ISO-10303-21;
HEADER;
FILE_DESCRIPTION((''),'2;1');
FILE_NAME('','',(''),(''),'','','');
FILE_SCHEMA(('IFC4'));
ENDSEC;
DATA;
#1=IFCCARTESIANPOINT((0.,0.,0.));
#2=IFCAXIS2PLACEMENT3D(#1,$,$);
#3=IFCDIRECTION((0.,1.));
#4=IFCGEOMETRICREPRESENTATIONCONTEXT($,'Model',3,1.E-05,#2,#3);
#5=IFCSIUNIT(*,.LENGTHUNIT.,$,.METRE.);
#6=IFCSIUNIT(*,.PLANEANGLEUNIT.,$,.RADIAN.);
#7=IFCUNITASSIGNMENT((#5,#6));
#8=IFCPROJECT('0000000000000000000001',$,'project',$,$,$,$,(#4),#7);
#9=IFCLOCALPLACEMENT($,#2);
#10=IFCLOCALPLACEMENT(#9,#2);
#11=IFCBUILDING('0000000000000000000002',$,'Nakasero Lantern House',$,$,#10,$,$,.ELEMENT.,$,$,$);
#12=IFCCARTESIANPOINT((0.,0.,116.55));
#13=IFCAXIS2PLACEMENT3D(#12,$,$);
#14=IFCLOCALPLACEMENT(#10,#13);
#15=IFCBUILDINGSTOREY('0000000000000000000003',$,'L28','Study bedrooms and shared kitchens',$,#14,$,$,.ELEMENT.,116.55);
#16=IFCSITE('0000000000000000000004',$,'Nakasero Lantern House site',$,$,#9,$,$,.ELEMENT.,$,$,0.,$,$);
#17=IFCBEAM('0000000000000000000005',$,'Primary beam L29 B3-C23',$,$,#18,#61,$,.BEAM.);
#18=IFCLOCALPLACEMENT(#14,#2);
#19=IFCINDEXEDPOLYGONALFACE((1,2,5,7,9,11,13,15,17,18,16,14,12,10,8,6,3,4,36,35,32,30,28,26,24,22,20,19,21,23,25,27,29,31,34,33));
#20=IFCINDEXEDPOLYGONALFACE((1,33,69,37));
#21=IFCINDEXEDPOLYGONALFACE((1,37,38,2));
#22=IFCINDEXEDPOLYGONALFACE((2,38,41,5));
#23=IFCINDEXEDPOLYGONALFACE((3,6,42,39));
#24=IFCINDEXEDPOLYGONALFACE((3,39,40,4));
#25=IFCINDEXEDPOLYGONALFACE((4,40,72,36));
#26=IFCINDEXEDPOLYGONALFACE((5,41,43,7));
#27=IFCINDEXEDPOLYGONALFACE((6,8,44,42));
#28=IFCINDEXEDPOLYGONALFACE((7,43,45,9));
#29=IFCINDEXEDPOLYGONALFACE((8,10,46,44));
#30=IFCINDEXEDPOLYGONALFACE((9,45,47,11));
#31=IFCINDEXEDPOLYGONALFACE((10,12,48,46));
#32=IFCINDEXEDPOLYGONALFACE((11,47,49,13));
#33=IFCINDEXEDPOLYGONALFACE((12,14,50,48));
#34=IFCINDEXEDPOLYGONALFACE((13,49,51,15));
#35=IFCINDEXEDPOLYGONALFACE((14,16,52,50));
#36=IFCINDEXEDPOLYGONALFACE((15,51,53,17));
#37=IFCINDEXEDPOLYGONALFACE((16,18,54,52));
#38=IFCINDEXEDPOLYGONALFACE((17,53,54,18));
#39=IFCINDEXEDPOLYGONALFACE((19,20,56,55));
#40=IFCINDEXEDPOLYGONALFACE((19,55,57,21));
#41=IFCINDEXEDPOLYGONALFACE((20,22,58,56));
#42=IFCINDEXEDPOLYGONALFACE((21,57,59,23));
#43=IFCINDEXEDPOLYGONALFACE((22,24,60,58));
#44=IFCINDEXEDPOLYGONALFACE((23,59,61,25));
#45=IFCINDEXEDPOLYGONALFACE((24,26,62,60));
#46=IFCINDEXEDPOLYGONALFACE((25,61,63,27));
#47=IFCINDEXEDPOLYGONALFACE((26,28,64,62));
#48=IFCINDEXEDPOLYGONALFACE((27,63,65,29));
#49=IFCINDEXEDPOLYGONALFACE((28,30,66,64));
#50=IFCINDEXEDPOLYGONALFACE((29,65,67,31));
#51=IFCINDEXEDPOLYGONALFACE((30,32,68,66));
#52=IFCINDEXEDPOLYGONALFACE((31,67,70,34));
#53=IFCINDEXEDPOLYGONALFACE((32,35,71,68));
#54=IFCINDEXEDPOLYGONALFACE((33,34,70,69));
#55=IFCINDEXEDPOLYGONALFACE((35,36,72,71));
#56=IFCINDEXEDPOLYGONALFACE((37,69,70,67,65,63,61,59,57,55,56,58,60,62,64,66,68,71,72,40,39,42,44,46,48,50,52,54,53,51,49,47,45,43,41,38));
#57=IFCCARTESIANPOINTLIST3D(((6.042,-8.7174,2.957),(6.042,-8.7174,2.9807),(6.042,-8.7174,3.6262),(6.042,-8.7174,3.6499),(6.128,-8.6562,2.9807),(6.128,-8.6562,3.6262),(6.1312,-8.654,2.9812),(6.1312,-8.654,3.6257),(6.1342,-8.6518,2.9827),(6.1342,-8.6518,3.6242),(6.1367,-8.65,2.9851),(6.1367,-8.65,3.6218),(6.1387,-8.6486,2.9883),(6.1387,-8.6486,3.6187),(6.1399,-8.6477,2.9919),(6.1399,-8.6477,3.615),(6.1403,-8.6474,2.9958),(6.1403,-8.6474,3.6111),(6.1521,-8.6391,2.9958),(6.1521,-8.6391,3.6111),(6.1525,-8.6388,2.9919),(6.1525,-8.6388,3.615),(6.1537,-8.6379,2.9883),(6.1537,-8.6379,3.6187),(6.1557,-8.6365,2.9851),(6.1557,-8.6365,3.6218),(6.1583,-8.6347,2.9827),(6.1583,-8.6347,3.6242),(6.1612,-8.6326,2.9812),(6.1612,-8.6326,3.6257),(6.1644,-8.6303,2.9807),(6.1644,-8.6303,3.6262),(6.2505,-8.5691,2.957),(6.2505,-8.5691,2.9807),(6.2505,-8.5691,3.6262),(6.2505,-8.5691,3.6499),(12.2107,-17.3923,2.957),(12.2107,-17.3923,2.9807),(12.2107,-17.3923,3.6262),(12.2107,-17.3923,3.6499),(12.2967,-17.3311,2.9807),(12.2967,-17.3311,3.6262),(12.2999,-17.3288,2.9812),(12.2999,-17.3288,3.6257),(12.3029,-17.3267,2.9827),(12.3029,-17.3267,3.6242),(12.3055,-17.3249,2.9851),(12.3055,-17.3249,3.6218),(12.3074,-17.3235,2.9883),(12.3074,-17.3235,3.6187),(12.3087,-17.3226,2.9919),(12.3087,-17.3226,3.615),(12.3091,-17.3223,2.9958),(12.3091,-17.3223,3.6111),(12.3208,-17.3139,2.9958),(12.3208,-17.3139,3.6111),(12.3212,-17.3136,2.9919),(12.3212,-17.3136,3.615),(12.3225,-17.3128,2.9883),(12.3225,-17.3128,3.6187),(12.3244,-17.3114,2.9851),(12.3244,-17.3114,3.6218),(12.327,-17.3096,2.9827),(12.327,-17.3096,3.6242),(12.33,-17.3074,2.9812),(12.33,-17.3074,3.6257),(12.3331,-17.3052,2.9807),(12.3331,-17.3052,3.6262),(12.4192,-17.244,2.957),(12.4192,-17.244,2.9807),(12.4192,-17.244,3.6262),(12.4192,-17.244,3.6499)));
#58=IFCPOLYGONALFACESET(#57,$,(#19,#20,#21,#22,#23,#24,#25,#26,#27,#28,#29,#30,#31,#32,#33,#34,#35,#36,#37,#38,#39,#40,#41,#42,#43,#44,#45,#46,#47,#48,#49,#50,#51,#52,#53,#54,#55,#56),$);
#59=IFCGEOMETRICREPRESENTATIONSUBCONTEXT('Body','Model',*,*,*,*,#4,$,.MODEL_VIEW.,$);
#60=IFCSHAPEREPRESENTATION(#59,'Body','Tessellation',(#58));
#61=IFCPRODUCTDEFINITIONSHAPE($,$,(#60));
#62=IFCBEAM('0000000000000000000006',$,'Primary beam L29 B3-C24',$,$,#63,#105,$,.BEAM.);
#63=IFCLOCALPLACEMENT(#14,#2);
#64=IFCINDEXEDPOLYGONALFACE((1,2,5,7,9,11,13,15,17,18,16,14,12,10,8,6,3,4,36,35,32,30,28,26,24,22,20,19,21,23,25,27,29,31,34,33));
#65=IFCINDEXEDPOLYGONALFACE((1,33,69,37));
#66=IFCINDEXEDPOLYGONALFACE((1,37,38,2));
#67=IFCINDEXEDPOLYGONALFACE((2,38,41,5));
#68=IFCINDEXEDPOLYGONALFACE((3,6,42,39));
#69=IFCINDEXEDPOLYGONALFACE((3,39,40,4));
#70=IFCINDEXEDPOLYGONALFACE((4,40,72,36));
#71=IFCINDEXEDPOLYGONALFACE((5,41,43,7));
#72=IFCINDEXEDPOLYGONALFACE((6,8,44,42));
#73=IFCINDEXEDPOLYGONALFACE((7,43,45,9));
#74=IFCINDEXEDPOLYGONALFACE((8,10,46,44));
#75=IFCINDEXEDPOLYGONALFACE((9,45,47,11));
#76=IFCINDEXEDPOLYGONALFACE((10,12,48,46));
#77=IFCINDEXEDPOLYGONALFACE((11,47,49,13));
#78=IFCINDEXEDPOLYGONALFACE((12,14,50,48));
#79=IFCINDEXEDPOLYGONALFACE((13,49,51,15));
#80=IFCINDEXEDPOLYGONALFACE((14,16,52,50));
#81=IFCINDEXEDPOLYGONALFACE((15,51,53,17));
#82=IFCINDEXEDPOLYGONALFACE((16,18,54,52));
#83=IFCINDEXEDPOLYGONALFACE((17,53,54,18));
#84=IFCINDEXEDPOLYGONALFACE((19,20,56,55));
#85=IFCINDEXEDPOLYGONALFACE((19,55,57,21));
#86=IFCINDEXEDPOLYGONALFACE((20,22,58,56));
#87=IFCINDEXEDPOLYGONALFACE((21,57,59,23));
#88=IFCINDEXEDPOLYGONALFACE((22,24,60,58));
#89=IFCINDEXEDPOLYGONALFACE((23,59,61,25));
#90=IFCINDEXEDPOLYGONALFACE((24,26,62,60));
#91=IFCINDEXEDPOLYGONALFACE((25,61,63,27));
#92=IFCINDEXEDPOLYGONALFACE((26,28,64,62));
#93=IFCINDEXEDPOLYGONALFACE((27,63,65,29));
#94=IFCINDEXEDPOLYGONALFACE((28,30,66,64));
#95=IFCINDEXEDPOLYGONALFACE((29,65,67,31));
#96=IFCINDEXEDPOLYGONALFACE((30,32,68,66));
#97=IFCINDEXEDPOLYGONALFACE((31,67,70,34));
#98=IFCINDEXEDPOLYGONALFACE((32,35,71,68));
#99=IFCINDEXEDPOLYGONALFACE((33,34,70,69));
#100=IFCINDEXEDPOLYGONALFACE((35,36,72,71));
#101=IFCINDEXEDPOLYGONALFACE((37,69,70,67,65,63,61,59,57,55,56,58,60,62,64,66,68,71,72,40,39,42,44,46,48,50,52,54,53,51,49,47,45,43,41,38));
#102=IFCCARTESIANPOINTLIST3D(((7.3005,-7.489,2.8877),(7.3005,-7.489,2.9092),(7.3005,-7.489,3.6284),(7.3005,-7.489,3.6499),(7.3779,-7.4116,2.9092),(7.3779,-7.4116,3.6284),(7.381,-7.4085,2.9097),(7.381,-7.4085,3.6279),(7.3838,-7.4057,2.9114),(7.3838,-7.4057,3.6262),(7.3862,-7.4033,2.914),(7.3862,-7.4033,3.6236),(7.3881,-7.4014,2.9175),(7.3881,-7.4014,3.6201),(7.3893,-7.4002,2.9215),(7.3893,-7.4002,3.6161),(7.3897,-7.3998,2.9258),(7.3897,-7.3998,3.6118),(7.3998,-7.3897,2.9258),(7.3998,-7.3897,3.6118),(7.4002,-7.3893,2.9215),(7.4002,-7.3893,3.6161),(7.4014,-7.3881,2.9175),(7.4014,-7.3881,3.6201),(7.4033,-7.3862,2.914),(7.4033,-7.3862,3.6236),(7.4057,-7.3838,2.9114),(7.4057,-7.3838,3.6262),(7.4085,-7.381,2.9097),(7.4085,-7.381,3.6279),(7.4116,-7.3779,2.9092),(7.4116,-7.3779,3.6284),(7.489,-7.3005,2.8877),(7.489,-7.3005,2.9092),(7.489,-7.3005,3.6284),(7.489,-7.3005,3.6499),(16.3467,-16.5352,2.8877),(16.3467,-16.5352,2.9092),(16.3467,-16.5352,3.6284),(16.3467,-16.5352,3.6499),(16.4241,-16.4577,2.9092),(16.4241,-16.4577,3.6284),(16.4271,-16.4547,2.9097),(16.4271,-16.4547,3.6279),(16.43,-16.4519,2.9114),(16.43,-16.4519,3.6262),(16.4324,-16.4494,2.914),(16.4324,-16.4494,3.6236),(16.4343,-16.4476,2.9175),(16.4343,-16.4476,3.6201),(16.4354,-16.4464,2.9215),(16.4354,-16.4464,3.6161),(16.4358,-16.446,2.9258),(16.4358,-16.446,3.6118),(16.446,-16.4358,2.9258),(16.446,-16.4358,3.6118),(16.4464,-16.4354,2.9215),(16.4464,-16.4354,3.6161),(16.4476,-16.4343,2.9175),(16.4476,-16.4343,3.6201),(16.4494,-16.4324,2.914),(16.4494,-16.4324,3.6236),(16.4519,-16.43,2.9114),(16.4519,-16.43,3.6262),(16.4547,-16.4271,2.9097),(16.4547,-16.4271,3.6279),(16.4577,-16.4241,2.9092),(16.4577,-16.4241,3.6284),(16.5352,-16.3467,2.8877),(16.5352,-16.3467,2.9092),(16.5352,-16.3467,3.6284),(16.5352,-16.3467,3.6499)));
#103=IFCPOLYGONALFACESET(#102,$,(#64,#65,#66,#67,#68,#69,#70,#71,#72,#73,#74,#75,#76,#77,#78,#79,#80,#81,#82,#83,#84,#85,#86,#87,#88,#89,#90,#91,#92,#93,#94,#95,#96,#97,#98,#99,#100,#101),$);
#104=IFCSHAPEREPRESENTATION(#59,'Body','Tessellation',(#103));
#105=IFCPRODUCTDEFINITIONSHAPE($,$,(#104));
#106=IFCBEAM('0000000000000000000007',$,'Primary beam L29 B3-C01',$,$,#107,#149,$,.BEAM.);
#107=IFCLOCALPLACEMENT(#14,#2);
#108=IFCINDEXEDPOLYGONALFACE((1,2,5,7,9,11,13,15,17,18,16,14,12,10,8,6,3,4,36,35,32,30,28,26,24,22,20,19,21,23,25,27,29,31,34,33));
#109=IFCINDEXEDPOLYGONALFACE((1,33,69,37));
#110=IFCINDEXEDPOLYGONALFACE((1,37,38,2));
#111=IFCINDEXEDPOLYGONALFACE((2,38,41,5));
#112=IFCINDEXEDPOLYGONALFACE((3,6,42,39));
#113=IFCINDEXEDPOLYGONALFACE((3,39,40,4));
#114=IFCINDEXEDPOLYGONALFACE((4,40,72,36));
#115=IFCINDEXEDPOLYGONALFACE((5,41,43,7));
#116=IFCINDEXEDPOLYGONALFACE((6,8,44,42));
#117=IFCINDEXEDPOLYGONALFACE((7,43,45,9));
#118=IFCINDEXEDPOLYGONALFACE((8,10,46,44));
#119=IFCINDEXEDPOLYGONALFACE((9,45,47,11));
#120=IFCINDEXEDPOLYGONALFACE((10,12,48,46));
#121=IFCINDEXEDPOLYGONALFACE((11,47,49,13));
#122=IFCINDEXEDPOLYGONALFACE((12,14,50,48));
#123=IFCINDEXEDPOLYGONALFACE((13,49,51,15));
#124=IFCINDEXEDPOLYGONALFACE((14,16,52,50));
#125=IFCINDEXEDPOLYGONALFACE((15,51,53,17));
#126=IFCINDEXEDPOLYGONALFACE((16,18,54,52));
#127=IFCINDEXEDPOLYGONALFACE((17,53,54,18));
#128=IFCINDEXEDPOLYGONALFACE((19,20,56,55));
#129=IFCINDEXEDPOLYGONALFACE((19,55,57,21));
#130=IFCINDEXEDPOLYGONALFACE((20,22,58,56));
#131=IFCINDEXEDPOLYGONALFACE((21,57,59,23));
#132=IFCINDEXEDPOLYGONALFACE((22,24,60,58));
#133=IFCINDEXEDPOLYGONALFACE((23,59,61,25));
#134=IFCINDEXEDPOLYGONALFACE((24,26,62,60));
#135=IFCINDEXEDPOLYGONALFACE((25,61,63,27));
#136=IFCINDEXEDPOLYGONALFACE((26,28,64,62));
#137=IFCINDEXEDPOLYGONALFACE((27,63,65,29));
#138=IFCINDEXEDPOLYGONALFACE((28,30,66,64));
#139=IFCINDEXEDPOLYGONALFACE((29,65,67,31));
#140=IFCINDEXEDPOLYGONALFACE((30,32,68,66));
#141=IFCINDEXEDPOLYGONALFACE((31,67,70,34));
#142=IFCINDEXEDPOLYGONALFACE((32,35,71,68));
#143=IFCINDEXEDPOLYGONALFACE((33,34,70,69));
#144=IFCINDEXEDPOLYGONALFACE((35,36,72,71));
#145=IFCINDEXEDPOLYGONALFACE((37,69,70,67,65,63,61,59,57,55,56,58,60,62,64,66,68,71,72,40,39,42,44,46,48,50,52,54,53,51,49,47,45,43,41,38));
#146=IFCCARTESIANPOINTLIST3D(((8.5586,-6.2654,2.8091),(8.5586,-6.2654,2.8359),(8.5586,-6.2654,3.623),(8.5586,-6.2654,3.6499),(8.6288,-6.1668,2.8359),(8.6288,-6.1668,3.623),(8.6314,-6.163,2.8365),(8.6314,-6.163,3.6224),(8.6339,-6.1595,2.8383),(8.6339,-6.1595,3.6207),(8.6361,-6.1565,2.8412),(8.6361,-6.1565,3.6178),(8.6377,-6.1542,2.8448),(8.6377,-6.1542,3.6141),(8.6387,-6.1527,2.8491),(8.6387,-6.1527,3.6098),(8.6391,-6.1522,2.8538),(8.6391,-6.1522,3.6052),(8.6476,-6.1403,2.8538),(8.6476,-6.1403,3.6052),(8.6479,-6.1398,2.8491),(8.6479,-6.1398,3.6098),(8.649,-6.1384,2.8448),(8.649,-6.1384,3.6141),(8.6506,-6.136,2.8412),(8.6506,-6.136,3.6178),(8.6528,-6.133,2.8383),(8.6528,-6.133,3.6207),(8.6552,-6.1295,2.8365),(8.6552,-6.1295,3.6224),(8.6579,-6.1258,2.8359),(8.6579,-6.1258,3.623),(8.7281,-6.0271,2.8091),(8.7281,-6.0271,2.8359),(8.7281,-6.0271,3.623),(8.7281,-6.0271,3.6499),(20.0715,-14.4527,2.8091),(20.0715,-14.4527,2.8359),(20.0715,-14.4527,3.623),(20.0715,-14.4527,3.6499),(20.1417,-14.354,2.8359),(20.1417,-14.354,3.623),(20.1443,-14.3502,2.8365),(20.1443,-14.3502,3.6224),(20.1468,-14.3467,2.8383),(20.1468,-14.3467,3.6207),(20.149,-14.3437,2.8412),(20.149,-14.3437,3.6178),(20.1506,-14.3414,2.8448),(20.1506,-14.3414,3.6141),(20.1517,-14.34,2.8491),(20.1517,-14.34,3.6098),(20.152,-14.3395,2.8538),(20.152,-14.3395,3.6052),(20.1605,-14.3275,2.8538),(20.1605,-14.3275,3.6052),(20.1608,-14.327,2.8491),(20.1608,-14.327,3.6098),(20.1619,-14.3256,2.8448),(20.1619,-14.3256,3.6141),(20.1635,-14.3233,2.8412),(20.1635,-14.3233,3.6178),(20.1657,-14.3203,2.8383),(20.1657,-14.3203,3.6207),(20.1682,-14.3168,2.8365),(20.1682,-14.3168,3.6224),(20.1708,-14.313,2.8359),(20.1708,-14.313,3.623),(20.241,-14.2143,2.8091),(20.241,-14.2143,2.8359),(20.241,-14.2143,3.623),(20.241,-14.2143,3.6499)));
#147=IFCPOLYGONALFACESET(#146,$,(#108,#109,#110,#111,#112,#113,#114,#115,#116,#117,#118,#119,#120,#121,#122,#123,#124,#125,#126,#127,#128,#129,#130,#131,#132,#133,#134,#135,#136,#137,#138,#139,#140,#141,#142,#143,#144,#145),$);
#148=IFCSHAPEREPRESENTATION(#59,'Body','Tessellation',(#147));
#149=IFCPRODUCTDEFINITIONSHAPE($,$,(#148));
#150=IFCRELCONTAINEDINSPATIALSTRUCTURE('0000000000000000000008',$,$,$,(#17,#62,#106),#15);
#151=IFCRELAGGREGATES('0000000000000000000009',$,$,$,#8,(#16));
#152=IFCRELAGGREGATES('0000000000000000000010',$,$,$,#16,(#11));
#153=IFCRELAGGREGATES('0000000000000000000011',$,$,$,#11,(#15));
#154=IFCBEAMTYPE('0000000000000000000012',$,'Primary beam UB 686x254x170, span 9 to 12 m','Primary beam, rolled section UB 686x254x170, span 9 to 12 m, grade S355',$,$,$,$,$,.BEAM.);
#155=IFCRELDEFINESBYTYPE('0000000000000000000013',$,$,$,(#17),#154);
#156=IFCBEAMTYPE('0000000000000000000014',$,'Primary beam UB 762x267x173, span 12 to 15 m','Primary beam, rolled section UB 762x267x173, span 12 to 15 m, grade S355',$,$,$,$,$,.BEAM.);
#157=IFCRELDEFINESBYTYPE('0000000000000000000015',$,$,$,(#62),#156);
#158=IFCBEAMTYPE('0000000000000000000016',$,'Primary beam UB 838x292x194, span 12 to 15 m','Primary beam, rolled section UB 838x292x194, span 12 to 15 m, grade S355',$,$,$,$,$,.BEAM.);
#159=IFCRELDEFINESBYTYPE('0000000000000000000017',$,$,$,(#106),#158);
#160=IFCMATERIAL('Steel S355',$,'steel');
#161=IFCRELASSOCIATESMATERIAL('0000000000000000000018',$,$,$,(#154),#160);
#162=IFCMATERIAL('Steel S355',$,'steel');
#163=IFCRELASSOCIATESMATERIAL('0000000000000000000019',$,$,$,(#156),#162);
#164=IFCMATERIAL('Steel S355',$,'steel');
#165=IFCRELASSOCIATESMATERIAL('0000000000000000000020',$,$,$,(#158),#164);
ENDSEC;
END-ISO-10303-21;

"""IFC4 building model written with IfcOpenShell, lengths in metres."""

from ifc_helpers import new_model, si_unit, direction, frame, origin, origin_2d, place, context, subcontext, project, spatial, i_section, extrude, material, material_profile, profile_set, type_object, element, save


model = new_model("IFC4")

# Units and contexts
model_context = context("Model", 3, precision=1e-05, world=origin(), true_north=direction((0.0, 1.0)))
body_context = subcontext(model_context, "Body", "Model", "MODEL_VIEW")
ifc_project = project(units=[si_unit("LENGTHUNIT", "METRE"), si_unit("PLANEANGLEUNIT", "RADIAN")], contexts=[model_context])

# Site, building, storey
site_placement = place(None, origin())
site = spatial("IfcSite", under=ifc_project, at=site_placement, Name="Nakasero Lantern House site", CompositionType="ELEMENT", RefElevation=0.0)
building_placement = place(site_placement, origin())
building = spatial("IfcBuilding", under=site, at=building_placement, Name="Nakasero Lantern House", CompositionType="ELEMENT")
storey_placement = place(building_placement, frame((0.0, 0.0, 116.55)))
storey = spatial("IfcBuildingStorey", under=building, at=storey_placement, Name="L28", Description="Study bedrooms and shared kitchens", CompositionType="ELEMENT", Elevation=116.55)

# Beams
ifc_material_1 = material(Name="Steel S355", Category="steel")
ifc_material_profile_1 = material_profile(ifc_material_1, i_section(OverallWidth=0.2559, OverallDepth=0.6929, WebThickness=0.0144, FlangeThickness=0.0237, FilletRadius=0.0151, at=origin_2d()), Name="UB 686x254x170")
ifc_profile_set_1 = profile_set([ifc_material_profile_1], Name="Steel S355")
beam_type_1 = type_object("IfcBeamType", Name="Primary beam UB 686x254x170, span 9 to 12 m", Description="Primary beam, rolled section UB 686x254x170, span 9 to 12 m, grade S355", PredefinedType="BEAM", material=ifc_profile_set_1)
beam_1_placement = place(storey_placement, frame((12.3149, -17.3181, 3.3035), z_axis=(-0.579521, 0.814957, 0.0), x_axis=(-0.814957, -0.579521, 0.0)))
element("IfcBeam", 1, at=beam_1_placement, inside=storey, type_object=beam_type_1, Name="Primary beam L29 B3-C23", PredefinedType="BEAM", context=body_context, shape_type="SweptSolid", body=[
    extrude(i_section(OverallWidth=0.2559, OverallDepth=0.6929, WebThickness=0.0144, FlangeThickness=0.0237, FilletRadius=0.0151, at=origin_2d()), origin(), (0.0, 0.0, 1.0), 10.6445),
])
ifc_material_2 = material(Name="Steel S355", Category="steel")
ifc_material_profile_2 = material_profile(ifc_material_2, i_section(OverallWidth=0.2666, OverallDepth=0.7622, WebThickness=0.0144, FlangeThickness=0.0215, FilletRadius=0.0166, at=origin_2d()), Name="UB 762x267x173")
ifc_profile_set_2 = profile_set([ifc_material_profile_2], Name="Steel S355")
beam_type_2 = type_object("IfcBeamType", Name="Primary beam UB 762x267x173, span 12 to 15 m", Description="Primary beam, rolled section UB 762x267x173, span 12 to 15 m, grade S355", PredefinedType="BEAM", material=ifc_profile_set_2)
beam_2_placement = place(storey_placement, frame((16.4409, -16.4409, 3.2688), z_axis=(-0.707107, 0.707107, 0.0), x_axis=(-0.707107, -0.707107, 0.0)))
element("IfcBeam", 2, at=beam_2_placement, inside=storey, type_object=beam_type_2, Name="Primary beam L29 B3-C24", PredefinedType="BEAM", context=body_context, shape_type="SweptSolid", body=[
    extrude(i_section(OverallWidth=0.2666, OverallDepth=0.7622, WebThickness=0.0144, FlangeThickness=0.0215, FilletRadius=0.0166, at=origin_2d()), origin(), (0.0, 0.0, 1.0), 12.7932),
])
ifc_material_3 = material(Name="Steel S355", Category="steel")
ifc_material_profile_3 = material_profile(ifc_material_3, i_section(OverallWidth=0.2925, OverallDepth=0.8408, WebThickness=0.0146, FlangeThickness=0.0269, FilletRadius=0.0178, at=origin_2d()), Name="UB 838x292x194")
ifc_profile_set_3 = profile_set([ifc_material_profile_3], Name="Steel S355")
beam_type_3 = type_object("IfcBeamType", Name="Primary beam UB 838x292x194, span 12 to 15 m", Description="Primary beam, rolled section UB 838x292x194, span 12 to 15 m, grade S355", PredefinedType="BEAM", material=ifc_profile_set_3)
beam_3_placement = place(storey_placement, frame((20.1562, -14.3335, 3.2295), z_axis=(-0.814946, 0.579537, 0.0), x_axis=(-0.579537, -0.814946, 0.0)))
element("IfcBeam", 3, at=beam_3_placement, inside=storey, type_object=beam_type_3, Name="Primary beam L29 B3-C01", PredefinedType="BEAM", context=body_context, shape_type="SweptSolid", body=[
    extrude(i_section(OverallWidth=0.2925, OverallDepth=0.8408, WebThickness=0.0146, FlangeThickness=0.0269, FilletRadius=0.0178, at=origin_2d()), origin(), (0.0, 0.0, 1.0), 14.1272),
])

save(model, "model.ifc")
